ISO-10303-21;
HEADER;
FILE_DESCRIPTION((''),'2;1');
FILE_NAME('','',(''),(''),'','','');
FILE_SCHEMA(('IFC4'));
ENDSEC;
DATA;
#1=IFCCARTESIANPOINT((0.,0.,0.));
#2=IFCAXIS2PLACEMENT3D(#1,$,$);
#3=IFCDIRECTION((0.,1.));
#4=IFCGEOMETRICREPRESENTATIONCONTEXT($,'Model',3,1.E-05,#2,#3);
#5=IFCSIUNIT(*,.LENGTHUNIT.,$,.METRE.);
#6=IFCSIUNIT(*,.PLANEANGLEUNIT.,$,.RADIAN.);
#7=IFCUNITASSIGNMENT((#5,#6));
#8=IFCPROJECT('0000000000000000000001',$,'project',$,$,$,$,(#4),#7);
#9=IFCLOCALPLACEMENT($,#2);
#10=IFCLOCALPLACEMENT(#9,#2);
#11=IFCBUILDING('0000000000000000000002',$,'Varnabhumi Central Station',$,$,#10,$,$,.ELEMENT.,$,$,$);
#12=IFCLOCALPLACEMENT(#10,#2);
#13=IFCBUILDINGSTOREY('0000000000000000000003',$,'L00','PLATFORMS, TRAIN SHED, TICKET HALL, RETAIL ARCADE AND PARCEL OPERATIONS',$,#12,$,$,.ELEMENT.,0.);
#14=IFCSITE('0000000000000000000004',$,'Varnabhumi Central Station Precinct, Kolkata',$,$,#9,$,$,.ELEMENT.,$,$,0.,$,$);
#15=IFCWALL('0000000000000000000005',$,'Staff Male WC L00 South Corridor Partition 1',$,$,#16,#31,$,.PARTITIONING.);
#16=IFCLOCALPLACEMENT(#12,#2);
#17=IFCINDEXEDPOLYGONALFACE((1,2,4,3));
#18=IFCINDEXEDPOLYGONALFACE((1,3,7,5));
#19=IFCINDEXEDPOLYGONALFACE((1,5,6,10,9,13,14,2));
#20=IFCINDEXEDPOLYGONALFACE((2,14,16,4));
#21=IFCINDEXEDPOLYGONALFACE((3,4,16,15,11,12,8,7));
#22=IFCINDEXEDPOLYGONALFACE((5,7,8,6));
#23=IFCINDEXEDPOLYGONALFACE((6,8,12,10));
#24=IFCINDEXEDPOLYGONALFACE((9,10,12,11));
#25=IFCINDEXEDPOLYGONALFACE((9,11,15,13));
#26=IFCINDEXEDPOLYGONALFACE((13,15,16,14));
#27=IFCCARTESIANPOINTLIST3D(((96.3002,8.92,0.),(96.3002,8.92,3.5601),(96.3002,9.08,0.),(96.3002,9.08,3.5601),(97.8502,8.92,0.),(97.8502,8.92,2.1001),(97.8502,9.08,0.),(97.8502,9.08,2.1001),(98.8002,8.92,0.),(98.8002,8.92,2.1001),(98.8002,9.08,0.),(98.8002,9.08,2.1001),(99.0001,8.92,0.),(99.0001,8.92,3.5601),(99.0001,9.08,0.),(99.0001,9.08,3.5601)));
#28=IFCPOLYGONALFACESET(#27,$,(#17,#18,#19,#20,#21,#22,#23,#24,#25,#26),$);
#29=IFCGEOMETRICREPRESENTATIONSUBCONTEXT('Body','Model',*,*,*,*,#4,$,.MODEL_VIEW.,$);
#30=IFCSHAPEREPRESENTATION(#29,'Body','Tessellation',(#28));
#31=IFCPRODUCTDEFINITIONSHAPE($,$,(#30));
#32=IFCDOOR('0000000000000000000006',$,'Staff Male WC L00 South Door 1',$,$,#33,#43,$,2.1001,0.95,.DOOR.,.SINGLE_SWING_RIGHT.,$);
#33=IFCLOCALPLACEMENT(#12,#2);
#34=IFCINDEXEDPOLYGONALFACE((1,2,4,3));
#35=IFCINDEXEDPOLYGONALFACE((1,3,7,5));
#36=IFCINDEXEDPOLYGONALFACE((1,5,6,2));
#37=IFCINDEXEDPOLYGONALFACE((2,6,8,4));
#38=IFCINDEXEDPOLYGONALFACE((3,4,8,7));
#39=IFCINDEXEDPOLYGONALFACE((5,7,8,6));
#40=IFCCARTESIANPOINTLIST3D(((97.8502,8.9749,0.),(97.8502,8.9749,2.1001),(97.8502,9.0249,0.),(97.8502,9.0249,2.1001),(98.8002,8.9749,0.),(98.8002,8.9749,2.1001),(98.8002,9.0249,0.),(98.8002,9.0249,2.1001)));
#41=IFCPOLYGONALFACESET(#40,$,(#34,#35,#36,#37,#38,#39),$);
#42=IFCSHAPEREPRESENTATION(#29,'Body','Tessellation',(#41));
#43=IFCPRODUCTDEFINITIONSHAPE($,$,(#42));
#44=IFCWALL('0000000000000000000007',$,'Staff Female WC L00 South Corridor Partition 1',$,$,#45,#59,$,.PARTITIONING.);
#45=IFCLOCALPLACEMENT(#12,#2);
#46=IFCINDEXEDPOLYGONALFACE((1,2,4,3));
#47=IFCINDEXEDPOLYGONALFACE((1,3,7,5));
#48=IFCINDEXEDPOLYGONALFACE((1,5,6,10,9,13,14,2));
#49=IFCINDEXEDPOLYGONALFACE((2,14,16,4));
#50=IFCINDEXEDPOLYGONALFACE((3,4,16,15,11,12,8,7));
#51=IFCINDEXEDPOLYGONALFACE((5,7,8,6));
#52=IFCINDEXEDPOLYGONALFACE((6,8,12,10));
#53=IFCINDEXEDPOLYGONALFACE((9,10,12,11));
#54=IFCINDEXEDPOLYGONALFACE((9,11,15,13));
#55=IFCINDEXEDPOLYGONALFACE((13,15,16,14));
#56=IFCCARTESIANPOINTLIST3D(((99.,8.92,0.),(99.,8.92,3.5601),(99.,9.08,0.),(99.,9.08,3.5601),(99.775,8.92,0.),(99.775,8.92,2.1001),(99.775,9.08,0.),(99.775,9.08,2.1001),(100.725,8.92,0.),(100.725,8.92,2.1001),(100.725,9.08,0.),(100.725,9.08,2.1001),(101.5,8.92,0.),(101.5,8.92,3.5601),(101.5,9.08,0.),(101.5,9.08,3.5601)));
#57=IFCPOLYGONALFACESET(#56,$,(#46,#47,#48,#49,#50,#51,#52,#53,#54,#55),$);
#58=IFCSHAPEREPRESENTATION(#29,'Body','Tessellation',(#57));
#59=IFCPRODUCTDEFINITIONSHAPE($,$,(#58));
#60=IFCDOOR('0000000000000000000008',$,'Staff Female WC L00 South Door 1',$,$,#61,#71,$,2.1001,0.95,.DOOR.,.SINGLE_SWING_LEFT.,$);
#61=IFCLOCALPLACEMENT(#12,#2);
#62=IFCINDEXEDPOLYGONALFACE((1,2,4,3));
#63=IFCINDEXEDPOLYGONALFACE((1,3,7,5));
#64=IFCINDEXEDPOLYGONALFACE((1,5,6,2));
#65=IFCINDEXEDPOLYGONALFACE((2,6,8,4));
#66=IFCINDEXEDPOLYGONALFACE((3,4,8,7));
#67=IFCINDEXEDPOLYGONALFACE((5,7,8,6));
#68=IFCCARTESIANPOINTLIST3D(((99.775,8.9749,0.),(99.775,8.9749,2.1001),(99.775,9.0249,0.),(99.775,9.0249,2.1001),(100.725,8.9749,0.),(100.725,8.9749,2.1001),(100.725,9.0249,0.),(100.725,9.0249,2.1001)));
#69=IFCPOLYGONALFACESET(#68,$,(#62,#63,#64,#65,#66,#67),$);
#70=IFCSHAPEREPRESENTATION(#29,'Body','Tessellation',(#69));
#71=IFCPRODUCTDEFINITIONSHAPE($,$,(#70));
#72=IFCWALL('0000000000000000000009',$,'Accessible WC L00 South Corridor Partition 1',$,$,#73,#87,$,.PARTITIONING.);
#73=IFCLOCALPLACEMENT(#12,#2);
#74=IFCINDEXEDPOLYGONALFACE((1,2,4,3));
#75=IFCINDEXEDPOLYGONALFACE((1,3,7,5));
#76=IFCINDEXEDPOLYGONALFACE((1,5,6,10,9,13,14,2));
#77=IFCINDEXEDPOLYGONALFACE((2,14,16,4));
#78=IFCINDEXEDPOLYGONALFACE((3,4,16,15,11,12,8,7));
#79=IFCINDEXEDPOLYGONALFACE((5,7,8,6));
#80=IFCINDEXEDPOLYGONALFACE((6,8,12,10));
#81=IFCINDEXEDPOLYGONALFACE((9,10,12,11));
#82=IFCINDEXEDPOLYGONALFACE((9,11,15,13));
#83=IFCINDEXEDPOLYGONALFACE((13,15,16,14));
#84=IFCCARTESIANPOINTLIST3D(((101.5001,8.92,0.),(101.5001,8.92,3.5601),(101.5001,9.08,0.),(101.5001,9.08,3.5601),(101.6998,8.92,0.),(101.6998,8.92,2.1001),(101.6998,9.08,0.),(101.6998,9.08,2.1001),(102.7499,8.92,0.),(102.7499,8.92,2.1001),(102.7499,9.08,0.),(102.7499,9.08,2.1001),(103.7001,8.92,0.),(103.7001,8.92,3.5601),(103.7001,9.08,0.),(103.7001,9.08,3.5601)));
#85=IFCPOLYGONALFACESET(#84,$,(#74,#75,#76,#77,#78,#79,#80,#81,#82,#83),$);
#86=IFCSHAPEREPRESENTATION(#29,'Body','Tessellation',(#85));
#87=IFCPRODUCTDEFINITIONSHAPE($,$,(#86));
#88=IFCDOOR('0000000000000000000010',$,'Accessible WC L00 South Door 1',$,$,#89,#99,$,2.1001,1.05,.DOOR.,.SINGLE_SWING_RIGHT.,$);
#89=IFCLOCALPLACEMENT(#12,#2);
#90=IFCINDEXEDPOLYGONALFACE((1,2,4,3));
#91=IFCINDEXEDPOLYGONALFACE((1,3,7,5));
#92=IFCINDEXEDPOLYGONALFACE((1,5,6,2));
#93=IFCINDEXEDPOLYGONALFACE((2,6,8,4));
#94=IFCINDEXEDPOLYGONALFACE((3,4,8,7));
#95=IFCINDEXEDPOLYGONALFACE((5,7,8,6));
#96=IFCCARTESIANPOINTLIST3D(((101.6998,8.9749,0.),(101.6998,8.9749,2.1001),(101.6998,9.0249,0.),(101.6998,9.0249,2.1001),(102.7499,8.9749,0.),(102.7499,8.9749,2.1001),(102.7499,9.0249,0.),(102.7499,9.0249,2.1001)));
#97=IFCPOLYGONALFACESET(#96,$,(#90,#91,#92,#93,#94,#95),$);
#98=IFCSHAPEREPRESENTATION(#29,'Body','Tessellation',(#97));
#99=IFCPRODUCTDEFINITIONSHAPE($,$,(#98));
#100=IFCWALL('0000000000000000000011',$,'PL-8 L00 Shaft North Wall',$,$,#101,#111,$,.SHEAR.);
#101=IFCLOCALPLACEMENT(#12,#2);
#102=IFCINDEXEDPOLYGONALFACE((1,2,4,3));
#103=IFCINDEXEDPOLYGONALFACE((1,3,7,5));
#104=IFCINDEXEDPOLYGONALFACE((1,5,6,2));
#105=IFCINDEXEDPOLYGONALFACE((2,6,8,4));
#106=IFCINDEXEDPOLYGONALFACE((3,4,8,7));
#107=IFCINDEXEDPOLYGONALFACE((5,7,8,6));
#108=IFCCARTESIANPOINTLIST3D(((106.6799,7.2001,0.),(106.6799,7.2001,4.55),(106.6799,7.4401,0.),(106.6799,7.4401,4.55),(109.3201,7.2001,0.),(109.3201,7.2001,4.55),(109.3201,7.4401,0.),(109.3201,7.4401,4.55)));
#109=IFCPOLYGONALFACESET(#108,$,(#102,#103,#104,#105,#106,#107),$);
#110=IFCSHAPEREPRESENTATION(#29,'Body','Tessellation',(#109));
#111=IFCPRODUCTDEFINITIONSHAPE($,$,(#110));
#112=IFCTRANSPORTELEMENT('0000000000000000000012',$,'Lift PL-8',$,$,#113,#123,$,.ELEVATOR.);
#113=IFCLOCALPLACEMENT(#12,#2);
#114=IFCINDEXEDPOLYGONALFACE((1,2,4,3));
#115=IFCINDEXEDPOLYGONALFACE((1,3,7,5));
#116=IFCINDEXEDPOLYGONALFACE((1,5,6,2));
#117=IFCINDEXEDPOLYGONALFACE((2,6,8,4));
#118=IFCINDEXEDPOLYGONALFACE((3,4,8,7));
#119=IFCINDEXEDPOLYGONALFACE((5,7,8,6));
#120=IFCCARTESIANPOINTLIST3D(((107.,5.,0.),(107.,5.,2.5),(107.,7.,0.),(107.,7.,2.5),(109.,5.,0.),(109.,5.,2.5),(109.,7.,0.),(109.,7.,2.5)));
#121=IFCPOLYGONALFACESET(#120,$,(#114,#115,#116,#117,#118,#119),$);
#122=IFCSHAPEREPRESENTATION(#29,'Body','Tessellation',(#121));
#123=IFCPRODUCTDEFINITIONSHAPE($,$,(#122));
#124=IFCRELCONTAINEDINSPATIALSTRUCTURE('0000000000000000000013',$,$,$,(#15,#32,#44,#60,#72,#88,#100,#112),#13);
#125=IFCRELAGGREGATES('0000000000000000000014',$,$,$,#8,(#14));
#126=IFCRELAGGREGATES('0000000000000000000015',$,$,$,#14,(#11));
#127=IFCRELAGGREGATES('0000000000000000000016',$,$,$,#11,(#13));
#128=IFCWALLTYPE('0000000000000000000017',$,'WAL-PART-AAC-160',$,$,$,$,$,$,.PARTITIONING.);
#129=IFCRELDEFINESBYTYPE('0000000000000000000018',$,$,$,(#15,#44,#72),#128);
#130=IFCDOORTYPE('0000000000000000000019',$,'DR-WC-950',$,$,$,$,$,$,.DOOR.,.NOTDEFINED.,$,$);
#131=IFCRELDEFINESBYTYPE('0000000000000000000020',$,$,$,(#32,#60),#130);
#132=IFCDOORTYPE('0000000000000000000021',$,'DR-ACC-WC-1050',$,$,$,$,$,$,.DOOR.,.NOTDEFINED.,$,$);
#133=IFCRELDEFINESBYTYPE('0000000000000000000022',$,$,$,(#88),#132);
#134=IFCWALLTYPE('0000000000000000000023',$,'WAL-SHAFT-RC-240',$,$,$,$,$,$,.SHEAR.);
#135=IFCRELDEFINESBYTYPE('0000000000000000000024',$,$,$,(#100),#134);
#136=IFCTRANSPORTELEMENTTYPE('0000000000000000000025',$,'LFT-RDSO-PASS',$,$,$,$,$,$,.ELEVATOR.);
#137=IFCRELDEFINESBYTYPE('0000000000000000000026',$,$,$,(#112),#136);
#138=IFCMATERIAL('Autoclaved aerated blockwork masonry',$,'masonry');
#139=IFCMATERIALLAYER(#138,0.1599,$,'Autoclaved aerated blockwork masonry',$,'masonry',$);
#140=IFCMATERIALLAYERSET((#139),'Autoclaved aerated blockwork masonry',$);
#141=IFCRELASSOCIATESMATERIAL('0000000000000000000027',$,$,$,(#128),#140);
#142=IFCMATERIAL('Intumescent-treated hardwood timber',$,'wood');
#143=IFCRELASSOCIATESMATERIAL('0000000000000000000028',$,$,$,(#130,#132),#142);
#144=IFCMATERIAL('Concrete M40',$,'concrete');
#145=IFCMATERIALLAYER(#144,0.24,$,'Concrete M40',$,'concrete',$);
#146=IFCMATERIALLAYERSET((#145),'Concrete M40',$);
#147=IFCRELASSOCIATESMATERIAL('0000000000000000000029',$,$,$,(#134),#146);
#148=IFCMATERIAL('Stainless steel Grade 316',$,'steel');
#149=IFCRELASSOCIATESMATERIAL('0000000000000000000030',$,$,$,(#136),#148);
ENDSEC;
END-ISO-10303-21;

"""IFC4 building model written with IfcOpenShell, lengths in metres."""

from ifc_helpers import new_model, si_unit, direction, frame, frame_2d, origin, origin_2d, place, context, subcontext, project, spatial, rectangle, extrude, material, layer, layer_set, type_object, element, fill, save


model = new_model("IFC4")

# Units and contexts
model_context = context("Model", 3, precision=1e-05, world=origin(), true_north=direction((0.0, 1.0)))
body_context = subcontext(model_context, "Body", "Model", "MODEL_VIEW")
ifc_project = project(units=[si_unit("LENGTHUNIT", "METRE"), si_unit("PLANEANGLEUNIT", "RADIAN")], contexts=[model_context])

# Site, building, storey
site_placement = place(None, origin())
site = spatial("IfcSite", under=ifc_project, at=site_placement, Name="Varnabhumi Central Station Precinct, Kolkata", CompositionType="ELEMENT", RefElevation=0.0)
building_placement = place(site_placement, origin())
building = spatial("IfcBuilding", under=site, at=building_placement, Name="Varnabhumi Central Station", CompositionType="ELEMENT")
storey_placement = place(building_placement, origin())
storey = spatial("IfcBuildingStorey", under=building, at=storey_placement, Name="L00", Description="PLATFORMS, TRAIN SHED, TICKET HALL, RETAIL ARCADE AND PARCEL OPERATIONS", CompositionType="ELEMENT", Elevation=0.0)

# Shared definitions
ifc_material_1 = material(Name="Concrete M40", Category="concrete")

# Walls, openings, doors
ifc_material_2 = material(Name="Autoclaved aerated blockwork masonry", Category="masonry")
ifc_layer_1 = layer(ifc_material_2, 0.1599, Name="Autoclaved aerated blockwork masonry", Category="masonry")
ifc_layer_set_1 = layer_set([ifc_layer_1], Name="Autoclaved aerated blockwork masonry")
wall_type_1 = type_object("IfcWallType", Name="WAL-PART-AAC-160", PredefinedType="PARTITIONING", material=ifc_layer_set_1)
wall_1_placement = place(storey_placement, frame((96.3, 9.0, 0.0), z_axis=(0.0, 0.0, 1.0), x_axis=(1.0, 0.0, 0.0)))
wall_1 = element("IfcWall", 1, at=wall_1_placement, inside=storey, type_object=wall_type_1, Name="Staff Male WC L00 South Corridor Partition 1", PredefinedType="PARTITIONING", context=body_context, shape_type="SweptSolid", body=[
    extrude(rectangle(XDim=2.7, YDim=0.1599, at=frame_2d((1.3501, 0.0))), origin(), (0.0, 0.0, 1.0), 3.5601),
])
opening_1_placement = place(wall_1_placement, frame((1.55, 0.0, 0.0)))
opening_1 = element("IfcOpeningElement", 2, at=opening_1_placement, cuts=wall_1, PredefinedType="OPENING", context=body_context, shape_type="SweptSolid", body=[
    extrude(rectangle(XDim=0.95, YDim=2.1001, at=frame_2d((0.4751, 1.05))), frame((0.0, 0.0898, 0.0), z_axis=(0.0, -1.0, 0.0), x_axis=(1.0, 0.0, 0.0)), (0.0, 0.0, 1.0), 0.1799),
])
ifc_material_3 = material(Name="Intumescent-treated hardwood timber", Category="wood")
door_type_1 = type_object("IfcDoorType", Name="DR-WC-950", OperationType="NOTDEFINED", PredefinedType="DOOR", material=ifc_material_3)
door_1_placement = place(opening_1_placement, origin())
door_1 = element("IfcDoor", 3, at=door_1_placement, inside=storey, type_object=door_type_1, Name="Staff Male WC L00 South Door 1", OperationType="SINGLE_SWING_RIGHT", OverallHeight=2.1001, OverallWidth=0.95, PredefinedType="DOOR", context=body_context, shape_type="SweptSolid", body=[
    extrude(rectangle(XDim=0.95, YDim=2.1001, at=frame_2d((0.4751, 1.05))), frame((0.0, 0.0249, 0.0), z_axis=(0.0, -1.0, 0.0), x_axis=(1.0, 0.0, 0.0)), (0.0, 0.0, 1.0), 0.05),
])
fill(opening_1, door_1)
wall_2_placement = place(storey_placement, frame((99.0, 9.0, 0.0), z_axis=(0.0, 0.0, 1.0), x_axis=(1.0, 0.0, 0.0)))
wall_2 = element("IfcWall", 4, at=wall_2_placement, inside=storey, type_object=wall_type_1, Name="Staff Female WC L00 South Corridor Partition 1", PredefinedType="PARTITIONING", context=body_context, shape_type="SweptSolid", body=[
    extrude(rectangle(XDim=2.5, YDim=0.1599, at=frame_2d((1.25, 0.0))), origin(), (0.0, 0.0, 1.0), 3.5601),
])
opening_2_placement = place(wall_2_placement, frame((0.7749, 0.0, 0.0)))
opening_2 = element("IfcOpeningElement", 5, at=opening_2_placement, cuts=wall_2, PredefinedType="OPENING", context=body_context, shape_type="SweptSolid", body=[
    extrude(rectangle(XDim=0.95, YDim=2.1001, at=frame_2d((0.4751, 1.05))), frame((0.0, 0.0898, 0.0), z_axis=(0.0, -1.0, 0.0), x_axis=(1.0, 0.0, 0.0)), (0.0, 0.0, 1.0), 0.1799),
])
door_2_placement = place(opening_2_placement, origin())
door_2 = element("IfcDoor", 6, at=door_2_placement, inside=storey, type_object=door_type_1, Name="Staff Female WC L00 South Door 1", OperationType="SINGLE_SWING_LEFT", OverallHeight=2.1001, OverallWidth=0.95, PredefinedType="DOOR", context=body_context, shape_type="SweptSolid", body=[
    extrude(rectangle(XDim=0.95, YDim=2.1001, at=frame_2d((0.4751, 1.05))), frame((0.0, 0.0249, 0.0), z_axis=(0.0, -1.0, 0.0), x_axis=(1.0, 0.0, 0.0)), (0.0, 0.0, 1.0), 0.05),
])
fill(opening_2, door_2)
wall_3_placement = place(storey_placement, frame((101.5, 9.0, 0.0), z_axis=(0.0, 0.0, 1.0), x_axis=(1.0, 0.0, 0.0)))
wall_3 = element("IfcWall", 7, at=wall_3_placement, inside=storey, type_object=wall_type_1, Name="Accessible WC L00 South Corridor Partition 1", PredefinedType="PARTITIONING", context=body_context, shape_type="SweptSolid", body=[
    extrude(rectangle(XDim=2.2, YDim=0.1599, at=frame_2d((1.1001, 0.0))), origin(), (0.0, 0.0, 1.0), 3.5601),
])
opening_3_placement = place(wall_3_placement, frame((0.2, 0.0, 0.0)))
opening_3 = element("IfcOpeningElement", 8, at=opening_3_placement, cuts=wall_3, PredefinedType="OPENING", context=body_context, shape_type="SweptSolid", body=[
    extrude(rectangle(XDim=1.05, YDim=2.1001, at=frame_2d((0.5249, 1.05))), frame((0.0, 0.0898, 0.0), z_axis=(0.0, -1.0, 0.0), x_axis=(1.0, 0.0, 0.0)), (0.0, 0.0, 1.0), 0.1799),
])
door_type_2 = type_object("IfcDoorType", Name="DR-ACC-WC-1050", OperationType="NOTDEFINED", PredefinedType="DOOR", material=ifc_material_3)
door_3_placement = place(opening_3_placement, origin())
door_3 = element("IfcDoor", 9, at=door_3_placement, inside=storey, type_object=door_type_2, Name="Accessible WC L00 South Door 1", OperationType="SINGLE_SWING_RIGHT", OverallHeight=2.1001, OverallWidth=1.05, PredefinedType="DOOR", context=body_context, shape_type="SweptSolid", body=[
    extrude(rectangle(XDim=1.05, YDim=2.1001, at=frame_2d((0.5249, 1.05))), frame((0.0, 0.0249, 0.0), z_axis=(0.0, -1.0, 0.0), x_axis=(1.0, 0.0, 0.0)), (0.0, 0.0, 1.0), 0.05),
])
fill(opening_3, door_3)

# Wall
ifc_layer_2 = layer(ifc_material_1, 0.24, Name="Concrete M40", Category="concrete")
ifc_layer_set_2 = layer_set([ifc_layer_2], Name="Concrete M40")
wall_type_2 = type_object("IfcWallType", Name="WAL-SHAFT-RC-240", PredefinedType="SHEAR", material=ifc_layer_set_2)
wall_4_placement = place(storey_placement, frame((106.6799, 7.3201, 0.0), z_axis=(0.0, 0.0, 1.0), x_axis=(1.0, 0.0, 0.0)))
element("IfcWall", 10, at=wall_4_placement, inside=storey, type_object=wall_type_2, Name="PL-8 L00 Shaft North Wall", PredefinedType="SHEAR", context=body_context, shape_type="SweptSolid", body=[
    extrude(rectangle(XDim=2.6401, YDim=0.24, at=frame_2d((1.3201, 0.0))), origin(), (0.0, 0.0, 1.0), 4.55),
])

# Transport element
ifc_material_4 = material(Name="Stainless steel Grade 316", Category="steel")
transport_element_type = type_object("IfcTransportElementType", Name="LFT-RDSO-PASS", PredefinedType="ELEVATOR", material=ifc_material_4)
transport_element_placement = place(storey_placement, frame((108.0, 6.0, 0.0), z_axis=(0.0, 0.0, 1.0), x_axis=(1.0, 0.0, 0.0)))
element("IfcTransportElement", 11, at=transport_element_placement, inside=storey, type_object=transport_element_type, Name="Lift PL-8", PredefinedType="ELEVATOR", context=body_context, shape_type="SweptSolid", body=[
    extrude(rectangle(XDim=2.0, YDim=2.0, at=origin_2d()), origin(), (0.0, 0.0, 1.0), 2.5),
])

save(model, "model.ifc")
